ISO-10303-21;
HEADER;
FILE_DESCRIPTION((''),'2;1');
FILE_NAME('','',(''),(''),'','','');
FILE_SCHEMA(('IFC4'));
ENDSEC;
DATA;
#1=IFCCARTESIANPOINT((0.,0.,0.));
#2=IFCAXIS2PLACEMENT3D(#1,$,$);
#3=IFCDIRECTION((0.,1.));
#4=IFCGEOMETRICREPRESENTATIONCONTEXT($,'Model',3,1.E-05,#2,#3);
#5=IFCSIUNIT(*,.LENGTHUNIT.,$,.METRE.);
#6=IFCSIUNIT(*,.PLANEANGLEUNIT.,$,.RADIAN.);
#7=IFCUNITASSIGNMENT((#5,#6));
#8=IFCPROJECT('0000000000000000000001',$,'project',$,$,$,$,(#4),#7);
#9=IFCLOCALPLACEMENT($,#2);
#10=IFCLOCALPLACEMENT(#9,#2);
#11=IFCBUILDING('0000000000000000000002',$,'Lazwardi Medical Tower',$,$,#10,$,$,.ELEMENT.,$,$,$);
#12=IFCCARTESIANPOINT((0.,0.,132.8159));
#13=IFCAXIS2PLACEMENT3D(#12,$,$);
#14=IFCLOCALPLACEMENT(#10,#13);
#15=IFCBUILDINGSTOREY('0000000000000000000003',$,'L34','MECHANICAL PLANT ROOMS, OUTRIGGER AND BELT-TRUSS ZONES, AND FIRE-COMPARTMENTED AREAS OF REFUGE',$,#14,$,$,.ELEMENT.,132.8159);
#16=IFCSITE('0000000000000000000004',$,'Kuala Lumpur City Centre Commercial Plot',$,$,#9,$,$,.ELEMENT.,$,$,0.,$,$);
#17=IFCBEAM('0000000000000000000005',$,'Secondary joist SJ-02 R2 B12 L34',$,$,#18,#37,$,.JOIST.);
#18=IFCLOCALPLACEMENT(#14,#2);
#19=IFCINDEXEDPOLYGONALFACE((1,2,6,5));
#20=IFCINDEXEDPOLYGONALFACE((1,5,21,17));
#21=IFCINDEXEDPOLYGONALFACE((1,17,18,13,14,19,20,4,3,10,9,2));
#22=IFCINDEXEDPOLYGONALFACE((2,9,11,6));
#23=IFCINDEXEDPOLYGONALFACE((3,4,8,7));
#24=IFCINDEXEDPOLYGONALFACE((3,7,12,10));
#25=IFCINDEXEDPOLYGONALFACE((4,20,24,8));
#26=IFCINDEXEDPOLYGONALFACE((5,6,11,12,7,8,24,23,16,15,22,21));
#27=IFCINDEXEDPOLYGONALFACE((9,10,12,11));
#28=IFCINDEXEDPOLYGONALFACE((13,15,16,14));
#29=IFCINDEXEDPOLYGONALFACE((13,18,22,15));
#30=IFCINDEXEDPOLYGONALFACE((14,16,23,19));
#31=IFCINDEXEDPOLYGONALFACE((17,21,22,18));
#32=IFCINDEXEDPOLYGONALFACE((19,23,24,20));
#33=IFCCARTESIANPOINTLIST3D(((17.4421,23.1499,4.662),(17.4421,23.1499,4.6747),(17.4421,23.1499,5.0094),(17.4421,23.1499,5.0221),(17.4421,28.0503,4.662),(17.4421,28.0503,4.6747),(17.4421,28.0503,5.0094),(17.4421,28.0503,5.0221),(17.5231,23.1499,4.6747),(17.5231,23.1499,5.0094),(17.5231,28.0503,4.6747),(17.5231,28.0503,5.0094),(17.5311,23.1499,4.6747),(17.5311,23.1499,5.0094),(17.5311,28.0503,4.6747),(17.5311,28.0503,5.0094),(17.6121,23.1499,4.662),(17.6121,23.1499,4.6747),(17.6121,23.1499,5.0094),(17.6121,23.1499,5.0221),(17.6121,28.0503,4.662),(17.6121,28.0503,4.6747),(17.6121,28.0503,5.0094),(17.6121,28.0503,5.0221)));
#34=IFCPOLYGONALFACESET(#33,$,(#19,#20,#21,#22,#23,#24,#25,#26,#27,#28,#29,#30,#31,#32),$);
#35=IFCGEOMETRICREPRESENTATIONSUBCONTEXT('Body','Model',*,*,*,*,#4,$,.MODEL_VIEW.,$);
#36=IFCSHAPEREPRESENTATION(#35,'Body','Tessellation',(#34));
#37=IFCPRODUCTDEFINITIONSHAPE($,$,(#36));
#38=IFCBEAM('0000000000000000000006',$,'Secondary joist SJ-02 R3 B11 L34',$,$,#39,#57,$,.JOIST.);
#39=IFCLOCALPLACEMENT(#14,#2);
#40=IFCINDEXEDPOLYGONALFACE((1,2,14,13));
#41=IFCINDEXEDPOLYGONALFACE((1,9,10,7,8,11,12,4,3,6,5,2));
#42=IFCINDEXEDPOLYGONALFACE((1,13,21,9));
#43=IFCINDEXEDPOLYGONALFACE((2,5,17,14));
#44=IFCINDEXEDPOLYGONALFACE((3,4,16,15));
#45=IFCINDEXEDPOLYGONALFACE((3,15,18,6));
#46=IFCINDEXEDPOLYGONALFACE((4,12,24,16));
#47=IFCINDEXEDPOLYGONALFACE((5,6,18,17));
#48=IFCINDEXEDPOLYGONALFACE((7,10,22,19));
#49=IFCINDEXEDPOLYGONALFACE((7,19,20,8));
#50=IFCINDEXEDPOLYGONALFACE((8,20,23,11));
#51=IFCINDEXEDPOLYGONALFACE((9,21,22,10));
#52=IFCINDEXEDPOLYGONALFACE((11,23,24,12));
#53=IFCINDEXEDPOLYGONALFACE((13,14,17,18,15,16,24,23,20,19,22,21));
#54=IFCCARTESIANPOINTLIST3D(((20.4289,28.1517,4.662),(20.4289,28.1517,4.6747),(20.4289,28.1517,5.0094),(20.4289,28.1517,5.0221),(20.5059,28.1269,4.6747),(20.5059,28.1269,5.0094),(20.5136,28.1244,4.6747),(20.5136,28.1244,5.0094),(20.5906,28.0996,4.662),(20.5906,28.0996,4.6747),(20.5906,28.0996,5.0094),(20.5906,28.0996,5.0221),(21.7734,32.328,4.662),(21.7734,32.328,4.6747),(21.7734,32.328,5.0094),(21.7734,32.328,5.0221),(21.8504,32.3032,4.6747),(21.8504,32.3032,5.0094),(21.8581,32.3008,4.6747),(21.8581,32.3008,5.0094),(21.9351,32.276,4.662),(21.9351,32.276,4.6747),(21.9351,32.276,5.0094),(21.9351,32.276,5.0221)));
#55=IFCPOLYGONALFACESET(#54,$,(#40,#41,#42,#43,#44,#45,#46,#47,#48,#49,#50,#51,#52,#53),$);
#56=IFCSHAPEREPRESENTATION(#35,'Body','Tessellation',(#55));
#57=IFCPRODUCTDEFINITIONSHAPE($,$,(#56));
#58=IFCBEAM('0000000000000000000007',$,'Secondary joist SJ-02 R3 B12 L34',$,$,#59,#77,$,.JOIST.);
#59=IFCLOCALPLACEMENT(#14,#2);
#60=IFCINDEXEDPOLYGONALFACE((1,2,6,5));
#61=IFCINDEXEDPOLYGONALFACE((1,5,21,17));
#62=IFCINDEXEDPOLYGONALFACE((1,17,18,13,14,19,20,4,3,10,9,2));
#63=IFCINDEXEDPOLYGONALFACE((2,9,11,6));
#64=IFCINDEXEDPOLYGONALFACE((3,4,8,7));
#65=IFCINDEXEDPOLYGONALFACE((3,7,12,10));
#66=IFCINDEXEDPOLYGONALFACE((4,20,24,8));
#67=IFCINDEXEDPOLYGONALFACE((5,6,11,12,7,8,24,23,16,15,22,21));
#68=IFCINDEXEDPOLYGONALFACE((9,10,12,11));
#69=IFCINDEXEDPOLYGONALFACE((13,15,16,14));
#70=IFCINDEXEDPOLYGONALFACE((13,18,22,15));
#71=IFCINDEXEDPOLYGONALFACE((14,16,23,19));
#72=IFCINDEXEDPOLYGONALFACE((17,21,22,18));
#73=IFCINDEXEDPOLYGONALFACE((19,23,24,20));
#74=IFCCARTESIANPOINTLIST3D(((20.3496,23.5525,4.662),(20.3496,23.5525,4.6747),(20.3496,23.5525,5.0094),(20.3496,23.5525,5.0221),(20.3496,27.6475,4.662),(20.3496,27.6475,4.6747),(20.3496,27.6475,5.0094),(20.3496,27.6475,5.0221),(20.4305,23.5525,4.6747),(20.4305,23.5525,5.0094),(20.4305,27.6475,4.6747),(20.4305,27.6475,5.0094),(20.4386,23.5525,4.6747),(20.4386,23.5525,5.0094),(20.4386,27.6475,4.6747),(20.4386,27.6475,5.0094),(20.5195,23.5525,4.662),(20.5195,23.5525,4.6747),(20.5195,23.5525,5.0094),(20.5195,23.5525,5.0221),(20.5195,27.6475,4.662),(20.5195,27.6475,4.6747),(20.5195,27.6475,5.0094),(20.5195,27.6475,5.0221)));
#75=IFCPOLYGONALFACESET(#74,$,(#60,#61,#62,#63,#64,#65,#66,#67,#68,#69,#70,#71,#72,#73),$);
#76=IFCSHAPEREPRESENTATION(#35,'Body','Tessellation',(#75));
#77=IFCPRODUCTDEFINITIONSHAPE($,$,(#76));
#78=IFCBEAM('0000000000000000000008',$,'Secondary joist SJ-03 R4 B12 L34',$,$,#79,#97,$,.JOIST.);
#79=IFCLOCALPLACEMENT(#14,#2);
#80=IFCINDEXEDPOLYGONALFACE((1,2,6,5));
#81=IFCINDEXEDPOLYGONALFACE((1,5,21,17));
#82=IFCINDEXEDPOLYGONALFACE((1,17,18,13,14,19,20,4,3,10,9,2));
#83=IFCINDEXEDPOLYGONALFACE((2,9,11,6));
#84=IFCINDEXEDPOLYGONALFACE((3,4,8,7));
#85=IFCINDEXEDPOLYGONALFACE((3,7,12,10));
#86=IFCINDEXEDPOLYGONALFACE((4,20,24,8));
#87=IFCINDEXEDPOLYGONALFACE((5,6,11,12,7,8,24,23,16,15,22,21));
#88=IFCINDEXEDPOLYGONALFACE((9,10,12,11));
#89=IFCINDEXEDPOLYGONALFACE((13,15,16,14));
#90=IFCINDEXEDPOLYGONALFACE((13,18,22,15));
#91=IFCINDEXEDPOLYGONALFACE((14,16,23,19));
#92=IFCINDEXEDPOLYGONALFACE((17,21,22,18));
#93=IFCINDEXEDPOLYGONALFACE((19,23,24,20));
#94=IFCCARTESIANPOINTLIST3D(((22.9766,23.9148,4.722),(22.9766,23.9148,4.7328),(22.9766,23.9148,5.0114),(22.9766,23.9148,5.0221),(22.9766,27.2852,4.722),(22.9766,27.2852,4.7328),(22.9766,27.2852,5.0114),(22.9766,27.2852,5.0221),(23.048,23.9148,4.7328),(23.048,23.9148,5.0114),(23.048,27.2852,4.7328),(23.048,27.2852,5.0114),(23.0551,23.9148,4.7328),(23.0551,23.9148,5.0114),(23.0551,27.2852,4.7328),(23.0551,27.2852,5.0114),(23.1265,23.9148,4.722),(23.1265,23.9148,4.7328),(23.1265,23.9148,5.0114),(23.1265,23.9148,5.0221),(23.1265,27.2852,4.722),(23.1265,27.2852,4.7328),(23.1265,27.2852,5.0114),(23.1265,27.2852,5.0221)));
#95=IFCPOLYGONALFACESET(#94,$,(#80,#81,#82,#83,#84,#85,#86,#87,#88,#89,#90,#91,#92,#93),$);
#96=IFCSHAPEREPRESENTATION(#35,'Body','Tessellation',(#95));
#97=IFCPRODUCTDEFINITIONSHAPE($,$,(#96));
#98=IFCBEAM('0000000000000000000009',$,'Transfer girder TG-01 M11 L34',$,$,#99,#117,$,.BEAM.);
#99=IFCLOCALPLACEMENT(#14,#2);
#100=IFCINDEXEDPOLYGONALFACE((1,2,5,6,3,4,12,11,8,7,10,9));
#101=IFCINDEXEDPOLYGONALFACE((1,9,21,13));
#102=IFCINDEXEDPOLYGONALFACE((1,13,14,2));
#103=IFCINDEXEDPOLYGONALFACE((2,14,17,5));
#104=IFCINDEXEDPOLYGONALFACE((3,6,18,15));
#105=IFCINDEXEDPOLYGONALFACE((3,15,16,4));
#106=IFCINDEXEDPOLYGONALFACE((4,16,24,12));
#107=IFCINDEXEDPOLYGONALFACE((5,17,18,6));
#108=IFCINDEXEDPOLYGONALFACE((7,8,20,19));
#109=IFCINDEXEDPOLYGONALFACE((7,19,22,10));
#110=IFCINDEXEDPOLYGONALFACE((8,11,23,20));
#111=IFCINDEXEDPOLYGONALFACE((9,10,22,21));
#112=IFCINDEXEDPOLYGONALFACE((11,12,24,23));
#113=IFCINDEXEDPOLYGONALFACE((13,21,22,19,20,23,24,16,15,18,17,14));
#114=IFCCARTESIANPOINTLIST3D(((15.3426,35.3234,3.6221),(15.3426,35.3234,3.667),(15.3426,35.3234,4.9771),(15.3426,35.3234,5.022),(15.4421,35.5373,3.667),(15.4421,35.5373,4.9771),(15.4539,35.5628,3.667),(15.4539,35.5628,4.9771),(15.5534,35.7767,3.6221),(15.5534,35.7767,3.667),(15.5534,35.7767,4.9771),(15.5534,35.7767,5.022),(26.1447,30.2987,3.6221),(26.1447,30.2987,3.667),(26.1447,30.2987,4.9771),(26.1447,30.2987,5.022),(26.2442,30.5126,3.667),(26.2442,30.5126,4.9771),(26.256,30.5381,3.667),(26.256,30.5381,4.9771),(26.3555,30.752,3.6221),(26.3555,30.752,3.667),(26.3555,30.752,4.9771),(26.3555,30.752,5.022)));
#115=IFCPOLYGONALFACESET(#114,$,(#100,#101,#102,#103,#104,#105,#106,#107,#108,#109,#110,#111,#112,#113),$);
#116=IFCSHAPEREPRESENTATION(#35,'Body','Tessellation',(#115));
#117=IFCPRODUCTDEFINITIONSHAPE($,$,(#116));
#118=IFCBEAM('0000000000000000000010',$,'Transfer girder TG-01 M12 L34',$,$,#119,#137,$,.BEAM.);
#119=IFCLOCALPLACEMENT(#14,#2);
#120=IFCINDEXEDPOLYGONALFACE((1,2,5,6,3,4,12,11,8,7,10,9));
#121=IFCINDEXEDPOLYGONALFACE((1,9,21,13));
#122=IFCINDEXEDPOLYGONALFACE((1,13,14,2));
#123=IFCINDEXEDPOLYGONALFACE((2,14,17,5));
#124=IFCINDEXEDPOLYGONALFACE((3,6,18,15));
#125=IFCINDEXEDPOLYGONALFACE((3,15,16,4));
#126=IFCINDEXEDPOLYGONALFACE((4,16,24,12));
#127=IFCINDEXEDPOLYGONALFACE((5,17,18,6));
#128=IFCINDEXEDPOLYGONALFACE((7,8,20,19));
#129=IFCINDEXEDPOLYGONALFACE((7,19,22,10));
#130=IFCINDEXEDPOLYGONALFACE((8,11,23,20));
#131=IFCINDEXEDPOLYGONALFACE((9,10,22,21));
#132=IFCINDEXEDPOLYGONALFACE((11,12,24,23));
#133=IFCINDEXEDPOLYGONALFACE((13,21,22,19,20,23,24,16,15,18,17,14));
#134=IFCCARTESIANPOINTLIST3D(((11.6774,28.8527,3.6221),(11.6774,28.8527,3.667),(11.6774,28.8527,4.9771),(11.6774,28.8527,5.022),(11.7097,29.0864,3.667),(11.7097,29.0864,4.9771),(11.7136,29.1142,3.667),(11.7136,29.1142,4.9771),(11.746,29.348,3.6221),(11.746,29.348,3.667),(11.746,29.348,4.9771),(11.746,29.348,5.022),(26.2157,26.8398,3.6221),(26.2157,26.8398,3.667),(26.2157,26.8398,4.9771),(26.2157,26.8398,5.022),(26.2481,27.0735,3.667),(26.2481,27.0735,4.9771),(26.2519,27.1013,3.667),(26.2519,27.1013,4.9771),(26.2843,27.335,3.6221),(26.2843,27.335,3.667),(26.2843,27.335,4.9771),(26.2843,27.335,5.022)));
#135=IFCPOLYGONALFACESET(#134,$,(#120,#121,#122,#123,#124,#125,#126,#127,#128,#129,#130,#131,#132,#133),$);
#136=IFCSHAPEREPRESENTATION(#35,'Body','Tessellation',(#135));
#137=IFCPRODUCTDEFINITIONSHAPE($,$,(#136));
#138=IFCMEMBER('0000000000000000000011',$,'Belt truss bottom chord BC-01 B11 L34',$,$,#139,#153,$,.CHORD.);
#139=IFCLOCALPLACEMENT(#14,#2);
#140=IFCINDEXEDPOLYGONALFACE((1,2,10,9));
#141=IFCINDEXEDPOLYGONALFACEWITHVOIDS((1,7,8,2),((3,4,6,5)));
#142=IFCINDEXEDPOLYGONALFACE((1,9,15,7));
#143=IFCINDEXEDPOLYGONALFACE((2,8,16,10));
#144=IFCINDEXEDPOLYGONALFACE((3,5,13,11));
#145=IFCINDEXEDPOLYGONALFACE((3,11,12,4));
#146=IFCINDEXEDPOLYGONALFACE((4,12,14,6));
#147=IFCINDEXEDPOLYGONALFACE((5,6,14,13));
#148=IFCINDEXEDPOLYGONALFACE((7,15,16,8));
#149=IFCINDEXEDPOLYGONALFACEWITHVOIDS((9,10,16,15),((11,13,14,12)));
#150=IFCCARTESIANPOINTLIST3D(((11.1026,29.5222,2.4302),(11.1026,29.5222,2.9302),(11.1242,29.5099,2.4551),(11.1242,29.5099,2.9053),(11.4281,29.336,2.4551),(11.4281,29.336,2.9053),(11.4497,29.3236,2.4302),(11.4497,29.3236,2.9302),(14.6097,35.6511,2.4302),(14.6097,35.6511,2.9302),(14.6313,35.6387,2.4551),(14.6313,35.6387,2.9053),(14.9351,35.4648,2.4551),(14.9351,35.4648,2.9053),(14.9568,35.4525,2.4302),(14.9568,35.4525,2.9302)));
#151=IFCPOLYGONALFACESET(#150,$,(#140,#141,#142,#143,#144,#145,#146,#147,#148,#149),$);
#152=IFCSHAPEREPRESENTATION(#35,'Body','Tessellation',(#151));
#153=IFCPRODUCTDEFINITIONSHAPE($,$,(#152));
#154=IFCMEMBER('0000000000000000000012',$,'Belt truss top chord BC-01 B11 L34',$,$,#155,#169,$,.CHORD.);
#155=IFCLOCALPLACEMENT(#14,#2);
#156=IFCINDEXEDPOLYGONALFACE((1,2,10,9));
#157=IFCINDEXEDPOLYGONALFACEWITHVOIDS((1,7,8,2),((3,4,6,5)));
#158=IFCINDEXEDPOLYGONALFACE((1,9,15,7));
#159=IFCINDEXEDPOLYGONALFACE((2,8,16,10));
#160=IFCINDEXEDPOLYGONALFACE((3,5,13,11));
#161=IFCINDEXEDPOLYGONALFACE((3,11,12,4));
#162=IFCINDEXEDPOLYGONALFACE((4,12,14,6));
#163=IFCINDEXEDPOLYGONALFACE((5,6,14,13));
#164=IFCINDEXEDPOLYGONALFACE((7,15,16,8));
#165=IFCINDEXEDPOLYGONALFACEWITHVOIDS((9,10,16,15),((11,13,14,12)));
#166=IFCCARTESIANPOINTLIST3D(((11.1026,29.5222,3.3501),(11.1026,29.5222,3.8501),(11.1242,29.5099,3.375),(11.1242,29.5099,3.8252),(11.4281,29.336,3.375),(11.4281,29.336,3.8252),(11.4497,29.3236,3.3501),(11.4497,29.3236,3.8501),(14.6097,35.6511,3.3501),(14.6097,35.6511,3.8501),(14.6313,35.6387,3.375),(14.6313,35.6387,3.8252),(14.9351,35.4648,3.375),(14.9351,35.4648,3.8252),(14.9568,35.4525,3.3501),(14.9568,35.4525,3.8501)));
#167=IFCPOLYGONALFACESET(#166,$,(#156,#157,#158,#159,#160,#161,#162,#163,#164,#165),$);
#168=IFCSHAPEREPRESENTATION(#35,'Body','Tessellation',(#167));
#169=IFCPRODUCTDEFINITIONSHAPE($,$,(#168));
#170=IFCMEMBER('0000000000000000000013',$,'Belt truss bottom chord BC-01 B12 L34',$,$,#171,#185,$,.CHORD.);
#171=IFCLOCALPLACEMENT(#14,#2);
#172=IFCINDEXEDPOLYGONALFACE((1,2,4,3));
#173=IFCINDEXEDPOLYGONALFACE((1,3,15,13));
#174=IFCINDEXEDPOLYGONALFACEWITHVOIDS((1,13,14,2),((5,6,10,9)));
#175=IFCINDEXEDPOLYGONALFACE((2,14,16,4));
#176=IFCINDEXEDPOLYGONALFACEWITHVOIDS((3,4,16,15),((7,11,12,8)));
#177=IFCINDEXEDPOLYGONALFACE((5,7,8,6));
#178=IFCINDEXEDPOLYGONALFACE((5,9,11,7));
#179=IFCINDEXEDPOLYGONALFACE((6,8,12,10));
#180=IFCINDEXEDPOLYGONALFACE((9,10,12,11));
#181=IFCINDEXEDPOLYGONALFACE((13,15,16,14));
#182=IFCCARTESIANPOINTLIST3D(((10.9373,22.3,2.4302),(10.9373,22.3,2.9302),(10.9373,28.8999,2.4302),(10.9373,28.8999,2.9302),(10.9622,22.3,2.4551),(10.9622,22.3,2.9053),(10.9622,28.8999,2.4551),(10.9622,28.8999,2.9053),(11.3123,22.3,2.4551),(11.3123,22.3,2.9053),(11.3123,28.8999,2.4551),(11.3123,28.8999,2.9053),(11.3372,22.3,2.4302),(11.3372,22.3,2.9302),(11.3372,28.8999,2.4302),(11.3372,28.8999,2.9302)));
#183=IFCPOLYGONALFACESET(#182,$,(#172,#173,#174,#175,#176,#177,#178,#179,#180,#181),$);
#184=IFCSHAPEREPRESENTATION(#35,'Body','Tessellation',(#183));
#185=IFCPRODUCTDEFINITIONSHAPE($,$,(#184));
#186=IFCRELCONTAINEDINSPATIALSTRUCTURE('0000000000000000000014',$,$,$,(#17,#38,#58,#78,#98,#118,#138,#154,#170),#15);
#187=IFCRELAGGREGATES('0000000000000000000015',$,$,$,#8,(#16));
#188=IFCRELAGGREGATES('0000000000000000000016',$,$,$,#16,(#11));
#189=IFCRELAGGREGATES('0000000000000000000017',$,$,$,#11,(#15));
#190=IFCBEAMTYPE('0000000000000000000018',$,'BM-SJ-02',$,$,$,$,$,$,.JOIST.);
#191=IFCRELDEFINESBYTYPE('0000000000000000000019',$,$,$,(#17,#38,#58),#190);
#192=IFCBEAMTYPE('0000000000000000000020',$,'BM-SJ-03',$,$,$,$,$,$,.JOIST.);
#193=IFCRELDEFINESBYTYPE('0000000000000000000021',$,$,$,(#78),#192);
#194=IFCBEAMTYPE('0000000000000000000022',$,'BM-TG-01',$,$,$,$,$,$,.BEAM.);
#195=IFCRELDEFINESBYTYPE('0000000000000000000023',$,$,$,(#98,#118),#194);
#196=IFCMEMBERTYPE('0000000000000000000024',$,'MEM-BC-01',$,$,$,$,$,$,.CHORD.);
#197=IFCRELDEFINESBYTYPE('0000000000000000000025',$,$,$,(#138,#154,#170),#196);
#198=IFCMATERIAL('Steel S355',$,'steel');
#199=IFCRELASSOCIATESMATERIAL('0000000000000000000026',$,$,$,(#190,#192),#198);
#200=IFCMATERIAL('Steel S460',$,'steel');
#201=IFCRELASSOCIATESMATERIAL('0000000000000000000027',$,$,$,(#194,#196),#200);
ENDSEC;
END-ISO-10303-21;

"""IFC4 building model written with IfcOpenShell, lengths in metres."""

from ifc_helpers import new_model, si_unit, direction, frame, origin, origin_2d, place, context, subcontext, project, spatial, hollow_rectangle, i_section, extrude, material, material_profile, profile_set, type_object, element, save


model = new_model("IFC4")

# Units and contexts
model_context = context("Model", 3, precision=1e-05, world=origin(), true_north=direction((0.0, 1.0)))
body_context = subcontext(model_context, "Body", "Model", "MODEL_VIEW")
ifc_project = project(units=[si_unit("LENGTHUNIT", "METRE"), si_unit("PLANEANGLEUNIT", "RADIAN")], contexts=[model_context])

# Site, building, storey
site_placement = place(None, origin())
site = spatial("IfcSite", under=ifc_project, at=site_placement, Name="Kuala Lumpur City Centre Commercial Plot", CompositionType="ELEMENT", RefElevation=0.0)
building_placement = place(site_placement, origin())
building = spatial("IfcBuilding", under=site, at=building_placement, Name="Lazwardi Medical Tower", CompositionType="ELEMENT")
storey_placement = place(building_placement, frame((0.0, 0.0, 132.8159)))
storey = spatial("IfcBuildingStorey", under=building, at=storey_placement, Name="L34", Description="MECHANICAL PLANT ROOMS, OUTRIGGER AND BELT-TRUSS ZONES, AND FIRE-COMPARTMENTED AREAS OF REFUGE", CompositionType="ELEMENT", Elevation=132.8159)

# Beams
ifc_material_1 = material(Name="Steel S460", Category="steel")
ifc_material_2 = material(Name="Steel S355", Category="steel")
ifc_material_profile_1 = material_profile(ifc_material_2, i_section(OverallWidth=0.1699, OverallDepth=0.3601, WebThickness=0.0081, FlangeThickness=0.0127, at=origin_2d()), Name="IPE 360")
ifc_profile_set_1 = profile_set([ifc_material_profile_1], Name="Steel S355")
beam_type_1 = type_object("IfcBeamType", Name="BM-SJ-02", PredefinedType="JOIST", material=ifc_profile_set_1)
beam_1_placement = place(storey_placement, frame((17.5271, 28.0503, 4.842), z_axis=(0.0, -1.0, 0.0), x_axis=(1.0, 0.0, 0.0)))
element("IfcBeam", 1, at=beam_1_placement, inside=storey, type_object=beam_type_1, Name="Secondary joist SJ-02 R2 B12 L34", PredefinedType="JOIST", context=body_context, shape_type="SweptSolid", body=[
    extrude(i_section(OverallWidth=0.1699, OverallDepth=0.3601, WebThickness=0.0081, FlangeThickness=0.0127, at=origin_2d()), origin(), (0.0, 0.0, 1.0), 4.9004),
])
beam_2_placement = place(storey_placement, frame((21.8542, 32.302, 4.842), z_axis=(-0.306445, -0.951888, 0.0), x_axis=(0.951888, -0.306445, 0.0)))
element("IfcBeam", 2, at=beam_2_placement, inside=storey, type_object=beam_type_1, Name="Secondary joist SJ-02 R3 B11 L34", PredefinedType="JOIST", context=body_context, shape_type="SweptSolid", body=[
    extrude(i_section(OverallWidth=0.1699, OverallDepth=0.3601, WebThickness=0.0081, FlangeThickness=0.0127, at=origin_2d()), origin(), (0.0, 0.0, 1.0), 4.3875),
])
beam_3_placement = place(storey_placement, frame((20.4346, 27.6475, 4.842), z_axis=(0.0, -1.0, 0.0), x_axis=(1.0, 0.0, 0.0)))
element("IfcBeam", 3, at=beam_3_placement, inside=storey, type_object=beam_type_1, Name="Secondary joist SJ-02 R3 B12 L34", PredefinedType="JOIST", context=body_context, shape_type="SweptSolid", body=[
    extrude(i_section(OverallWidth=0.1699, OverallDepth=0.3601, WebThickness=0.0081, FlangeThickness=0.0127, at=origin_2d()), origin(), (0.0, 0.0, 1.0), 4.095),
])
ifc_material_profile_2 = material_profile(ifc_material_2, i_section(OverallWidth=0.1499, OverallDepth=0.3, WebThickness=0.0071, FlangeThickness=0.0107, at=origin_2d()), Name="IPE 300")
ifc_profile_set_2 = profile_set([ifc_material_profile_2], Name="Steel S355")
beam_type_2 = type_object("IfcBeamType", Name="BM-SJ-03", PredefinedType="JOIST", material=ifc_profile_set_2)
beam_4_placement = place(storey_placement, frame((23.0515, 27.2852, 4.8721), z_axis=(0.0, -1.0, 0.0), x_axis=(1.0, 0.0, 0.0)))
element("IfcBeam", 4, at=beam_4_placement, inside=storey, type_object=beam_type_2, Name="Secondary joist SJ-03 R4 B12 L34", PredefinedType="JOIST", context=body_context, shape_type="SweptSolid", body=[
    extrude(i_section(OverallWidth=0.1499, OverallDepth=0.3, WebThickness=0.0071, FlangeThickness=0.0107, at=origin_2d()), origin(), (0.0, 0.0, 1.0), 3.3704),
])
ifc_material_profile_3 = material_profile(ifc_material_1, i_section(OverallWidth=0.5, OverallDepth=1.3999, WebThickness=0.0281, FlangeThickness=0.0449, at=origin_2d()), Name="PG 1400x500")
ifc_profile_set_3 = profile_set([ifc_material_profile_3], Name="Steel S460")
beam_type_3 = type_object("IfcBeamType", Name="BM-TG-01", PredefinedType="BEAM", material=ifc_profile_set_3)
beam_5_placement = place(storey_placement, frame((15.448, 35.55, 4.322), z_axis=(0.906706, -0.421763, 0.0), x_axis=(0.421763, 0.906706, 0.0)))
element("IfcBeam", 5, at=beam_5_placement, inside=storey, type_object=beam_type_3, Name="Transfer girder TG-01 M11 L34", PredefinedType="BEAM", context=body_context, shape_type="SweptSolid", body=[
    extrude(i_section(OverallWidth=0.5, OverallDepth=1.3999, WebThickness=0.0281, FlangeThickness=0.0449, at=origin_2d()), origin(), (0.0, 0.0, 1.0), 11.9136),
])
beam_6_placement = place(storey_placement, frame((11.7117, 29.1003, 4.322), z_axis=(0.99055, -0.137149, 0.0), x_axis=(0.137149, 0.99055, 0.0)))
element("IfcBeam", 6, at=beam_6_placement, inside=storey, type_object=beam_type_3, Name="Transfer girder TG-01 M12 L34", PredefinedType="BEAM", context=body_context, shape_type="SweptSolid", body=[
    extrude(i_section(OverallWidth=0.5, OverallDepth=1.3999, WebThickness=0.0281, FlangeThickness=0.0449, at=origin_2d()), origin(), (0.0, 0.0, 1.0), 14.677),
])

# Members
ifc_material_profile_4 = material_profile(ifc_material_1, hollow_rectangle(XDim=0.3999, YDim=0.5, WallThickness=0.0249, at=origin_2d()), Name="RHS 500x400x25")
ifc_profile_set_4 = profile_set([ifc_material_profile_4], Name="Steel S460")
member_type_1 = type_object("IfcMemberType", Name="MEM-BC-01", PredefinedType="CHORD", material=ifc_profile_set_4)
for number, where, z_axis, x_axis, name in (
    (7, (14.7832, 35.5518, 2.6802), (-0.496656, -0.867947, 0.0), (0.867947, -0.496656, 0.0), "Belt truss bottom chord BC-01 B11 L34"),
    (8, (14.7832, 35.5518, 3.6001), (-0.496656, -0.867947, 0.0), (0.867947, -0.496656, 0.0), "Belt truss top chord BC-01 B11 L34"),
):
    element("IfcMember", number, at=place(storey_placement, frame(where, z_axis=z_axis, x_axis=x_axis)), inside=storey, type_object=member_type_1, Name=name, PredefinedType="CHORD", context=body_context, shape_type="SweptSolid", body=[
        extrude(hollow_rectangle(XDim=0.3999, YDim=0.5, WallThickness=0.0249, at=origin_2d()), origin(), (0.0, 0.0, 1.0), 7.0613),
    ])
for number, where, z_axis, x_axis, name in (
    (9, (11.1372, 28.8999, 2.6802), (0.0, -1.0, 0.0), (1.0, 0.0, 0.0), "Belt truss bottom chord BC-01 B12 L34"),
):
    element("IfcMember", number, at=place(storey_placement, frame(where, z_axis=z_axis, x_axis=x_axis)), inside=storey, type_object=member_type_1, Name=name, PredefinedType="CHORD", context=body_context, shape_type="SweptSolid", body=[
        extrude(hollow_rectangle(XDim=0.3999, YDim=0.5, WallThickness=0.0249, at=origin_2d()), origin(), (0.0, 0.0, 1.0), 6.5999),
    ])

save(model, "model.ifc")
